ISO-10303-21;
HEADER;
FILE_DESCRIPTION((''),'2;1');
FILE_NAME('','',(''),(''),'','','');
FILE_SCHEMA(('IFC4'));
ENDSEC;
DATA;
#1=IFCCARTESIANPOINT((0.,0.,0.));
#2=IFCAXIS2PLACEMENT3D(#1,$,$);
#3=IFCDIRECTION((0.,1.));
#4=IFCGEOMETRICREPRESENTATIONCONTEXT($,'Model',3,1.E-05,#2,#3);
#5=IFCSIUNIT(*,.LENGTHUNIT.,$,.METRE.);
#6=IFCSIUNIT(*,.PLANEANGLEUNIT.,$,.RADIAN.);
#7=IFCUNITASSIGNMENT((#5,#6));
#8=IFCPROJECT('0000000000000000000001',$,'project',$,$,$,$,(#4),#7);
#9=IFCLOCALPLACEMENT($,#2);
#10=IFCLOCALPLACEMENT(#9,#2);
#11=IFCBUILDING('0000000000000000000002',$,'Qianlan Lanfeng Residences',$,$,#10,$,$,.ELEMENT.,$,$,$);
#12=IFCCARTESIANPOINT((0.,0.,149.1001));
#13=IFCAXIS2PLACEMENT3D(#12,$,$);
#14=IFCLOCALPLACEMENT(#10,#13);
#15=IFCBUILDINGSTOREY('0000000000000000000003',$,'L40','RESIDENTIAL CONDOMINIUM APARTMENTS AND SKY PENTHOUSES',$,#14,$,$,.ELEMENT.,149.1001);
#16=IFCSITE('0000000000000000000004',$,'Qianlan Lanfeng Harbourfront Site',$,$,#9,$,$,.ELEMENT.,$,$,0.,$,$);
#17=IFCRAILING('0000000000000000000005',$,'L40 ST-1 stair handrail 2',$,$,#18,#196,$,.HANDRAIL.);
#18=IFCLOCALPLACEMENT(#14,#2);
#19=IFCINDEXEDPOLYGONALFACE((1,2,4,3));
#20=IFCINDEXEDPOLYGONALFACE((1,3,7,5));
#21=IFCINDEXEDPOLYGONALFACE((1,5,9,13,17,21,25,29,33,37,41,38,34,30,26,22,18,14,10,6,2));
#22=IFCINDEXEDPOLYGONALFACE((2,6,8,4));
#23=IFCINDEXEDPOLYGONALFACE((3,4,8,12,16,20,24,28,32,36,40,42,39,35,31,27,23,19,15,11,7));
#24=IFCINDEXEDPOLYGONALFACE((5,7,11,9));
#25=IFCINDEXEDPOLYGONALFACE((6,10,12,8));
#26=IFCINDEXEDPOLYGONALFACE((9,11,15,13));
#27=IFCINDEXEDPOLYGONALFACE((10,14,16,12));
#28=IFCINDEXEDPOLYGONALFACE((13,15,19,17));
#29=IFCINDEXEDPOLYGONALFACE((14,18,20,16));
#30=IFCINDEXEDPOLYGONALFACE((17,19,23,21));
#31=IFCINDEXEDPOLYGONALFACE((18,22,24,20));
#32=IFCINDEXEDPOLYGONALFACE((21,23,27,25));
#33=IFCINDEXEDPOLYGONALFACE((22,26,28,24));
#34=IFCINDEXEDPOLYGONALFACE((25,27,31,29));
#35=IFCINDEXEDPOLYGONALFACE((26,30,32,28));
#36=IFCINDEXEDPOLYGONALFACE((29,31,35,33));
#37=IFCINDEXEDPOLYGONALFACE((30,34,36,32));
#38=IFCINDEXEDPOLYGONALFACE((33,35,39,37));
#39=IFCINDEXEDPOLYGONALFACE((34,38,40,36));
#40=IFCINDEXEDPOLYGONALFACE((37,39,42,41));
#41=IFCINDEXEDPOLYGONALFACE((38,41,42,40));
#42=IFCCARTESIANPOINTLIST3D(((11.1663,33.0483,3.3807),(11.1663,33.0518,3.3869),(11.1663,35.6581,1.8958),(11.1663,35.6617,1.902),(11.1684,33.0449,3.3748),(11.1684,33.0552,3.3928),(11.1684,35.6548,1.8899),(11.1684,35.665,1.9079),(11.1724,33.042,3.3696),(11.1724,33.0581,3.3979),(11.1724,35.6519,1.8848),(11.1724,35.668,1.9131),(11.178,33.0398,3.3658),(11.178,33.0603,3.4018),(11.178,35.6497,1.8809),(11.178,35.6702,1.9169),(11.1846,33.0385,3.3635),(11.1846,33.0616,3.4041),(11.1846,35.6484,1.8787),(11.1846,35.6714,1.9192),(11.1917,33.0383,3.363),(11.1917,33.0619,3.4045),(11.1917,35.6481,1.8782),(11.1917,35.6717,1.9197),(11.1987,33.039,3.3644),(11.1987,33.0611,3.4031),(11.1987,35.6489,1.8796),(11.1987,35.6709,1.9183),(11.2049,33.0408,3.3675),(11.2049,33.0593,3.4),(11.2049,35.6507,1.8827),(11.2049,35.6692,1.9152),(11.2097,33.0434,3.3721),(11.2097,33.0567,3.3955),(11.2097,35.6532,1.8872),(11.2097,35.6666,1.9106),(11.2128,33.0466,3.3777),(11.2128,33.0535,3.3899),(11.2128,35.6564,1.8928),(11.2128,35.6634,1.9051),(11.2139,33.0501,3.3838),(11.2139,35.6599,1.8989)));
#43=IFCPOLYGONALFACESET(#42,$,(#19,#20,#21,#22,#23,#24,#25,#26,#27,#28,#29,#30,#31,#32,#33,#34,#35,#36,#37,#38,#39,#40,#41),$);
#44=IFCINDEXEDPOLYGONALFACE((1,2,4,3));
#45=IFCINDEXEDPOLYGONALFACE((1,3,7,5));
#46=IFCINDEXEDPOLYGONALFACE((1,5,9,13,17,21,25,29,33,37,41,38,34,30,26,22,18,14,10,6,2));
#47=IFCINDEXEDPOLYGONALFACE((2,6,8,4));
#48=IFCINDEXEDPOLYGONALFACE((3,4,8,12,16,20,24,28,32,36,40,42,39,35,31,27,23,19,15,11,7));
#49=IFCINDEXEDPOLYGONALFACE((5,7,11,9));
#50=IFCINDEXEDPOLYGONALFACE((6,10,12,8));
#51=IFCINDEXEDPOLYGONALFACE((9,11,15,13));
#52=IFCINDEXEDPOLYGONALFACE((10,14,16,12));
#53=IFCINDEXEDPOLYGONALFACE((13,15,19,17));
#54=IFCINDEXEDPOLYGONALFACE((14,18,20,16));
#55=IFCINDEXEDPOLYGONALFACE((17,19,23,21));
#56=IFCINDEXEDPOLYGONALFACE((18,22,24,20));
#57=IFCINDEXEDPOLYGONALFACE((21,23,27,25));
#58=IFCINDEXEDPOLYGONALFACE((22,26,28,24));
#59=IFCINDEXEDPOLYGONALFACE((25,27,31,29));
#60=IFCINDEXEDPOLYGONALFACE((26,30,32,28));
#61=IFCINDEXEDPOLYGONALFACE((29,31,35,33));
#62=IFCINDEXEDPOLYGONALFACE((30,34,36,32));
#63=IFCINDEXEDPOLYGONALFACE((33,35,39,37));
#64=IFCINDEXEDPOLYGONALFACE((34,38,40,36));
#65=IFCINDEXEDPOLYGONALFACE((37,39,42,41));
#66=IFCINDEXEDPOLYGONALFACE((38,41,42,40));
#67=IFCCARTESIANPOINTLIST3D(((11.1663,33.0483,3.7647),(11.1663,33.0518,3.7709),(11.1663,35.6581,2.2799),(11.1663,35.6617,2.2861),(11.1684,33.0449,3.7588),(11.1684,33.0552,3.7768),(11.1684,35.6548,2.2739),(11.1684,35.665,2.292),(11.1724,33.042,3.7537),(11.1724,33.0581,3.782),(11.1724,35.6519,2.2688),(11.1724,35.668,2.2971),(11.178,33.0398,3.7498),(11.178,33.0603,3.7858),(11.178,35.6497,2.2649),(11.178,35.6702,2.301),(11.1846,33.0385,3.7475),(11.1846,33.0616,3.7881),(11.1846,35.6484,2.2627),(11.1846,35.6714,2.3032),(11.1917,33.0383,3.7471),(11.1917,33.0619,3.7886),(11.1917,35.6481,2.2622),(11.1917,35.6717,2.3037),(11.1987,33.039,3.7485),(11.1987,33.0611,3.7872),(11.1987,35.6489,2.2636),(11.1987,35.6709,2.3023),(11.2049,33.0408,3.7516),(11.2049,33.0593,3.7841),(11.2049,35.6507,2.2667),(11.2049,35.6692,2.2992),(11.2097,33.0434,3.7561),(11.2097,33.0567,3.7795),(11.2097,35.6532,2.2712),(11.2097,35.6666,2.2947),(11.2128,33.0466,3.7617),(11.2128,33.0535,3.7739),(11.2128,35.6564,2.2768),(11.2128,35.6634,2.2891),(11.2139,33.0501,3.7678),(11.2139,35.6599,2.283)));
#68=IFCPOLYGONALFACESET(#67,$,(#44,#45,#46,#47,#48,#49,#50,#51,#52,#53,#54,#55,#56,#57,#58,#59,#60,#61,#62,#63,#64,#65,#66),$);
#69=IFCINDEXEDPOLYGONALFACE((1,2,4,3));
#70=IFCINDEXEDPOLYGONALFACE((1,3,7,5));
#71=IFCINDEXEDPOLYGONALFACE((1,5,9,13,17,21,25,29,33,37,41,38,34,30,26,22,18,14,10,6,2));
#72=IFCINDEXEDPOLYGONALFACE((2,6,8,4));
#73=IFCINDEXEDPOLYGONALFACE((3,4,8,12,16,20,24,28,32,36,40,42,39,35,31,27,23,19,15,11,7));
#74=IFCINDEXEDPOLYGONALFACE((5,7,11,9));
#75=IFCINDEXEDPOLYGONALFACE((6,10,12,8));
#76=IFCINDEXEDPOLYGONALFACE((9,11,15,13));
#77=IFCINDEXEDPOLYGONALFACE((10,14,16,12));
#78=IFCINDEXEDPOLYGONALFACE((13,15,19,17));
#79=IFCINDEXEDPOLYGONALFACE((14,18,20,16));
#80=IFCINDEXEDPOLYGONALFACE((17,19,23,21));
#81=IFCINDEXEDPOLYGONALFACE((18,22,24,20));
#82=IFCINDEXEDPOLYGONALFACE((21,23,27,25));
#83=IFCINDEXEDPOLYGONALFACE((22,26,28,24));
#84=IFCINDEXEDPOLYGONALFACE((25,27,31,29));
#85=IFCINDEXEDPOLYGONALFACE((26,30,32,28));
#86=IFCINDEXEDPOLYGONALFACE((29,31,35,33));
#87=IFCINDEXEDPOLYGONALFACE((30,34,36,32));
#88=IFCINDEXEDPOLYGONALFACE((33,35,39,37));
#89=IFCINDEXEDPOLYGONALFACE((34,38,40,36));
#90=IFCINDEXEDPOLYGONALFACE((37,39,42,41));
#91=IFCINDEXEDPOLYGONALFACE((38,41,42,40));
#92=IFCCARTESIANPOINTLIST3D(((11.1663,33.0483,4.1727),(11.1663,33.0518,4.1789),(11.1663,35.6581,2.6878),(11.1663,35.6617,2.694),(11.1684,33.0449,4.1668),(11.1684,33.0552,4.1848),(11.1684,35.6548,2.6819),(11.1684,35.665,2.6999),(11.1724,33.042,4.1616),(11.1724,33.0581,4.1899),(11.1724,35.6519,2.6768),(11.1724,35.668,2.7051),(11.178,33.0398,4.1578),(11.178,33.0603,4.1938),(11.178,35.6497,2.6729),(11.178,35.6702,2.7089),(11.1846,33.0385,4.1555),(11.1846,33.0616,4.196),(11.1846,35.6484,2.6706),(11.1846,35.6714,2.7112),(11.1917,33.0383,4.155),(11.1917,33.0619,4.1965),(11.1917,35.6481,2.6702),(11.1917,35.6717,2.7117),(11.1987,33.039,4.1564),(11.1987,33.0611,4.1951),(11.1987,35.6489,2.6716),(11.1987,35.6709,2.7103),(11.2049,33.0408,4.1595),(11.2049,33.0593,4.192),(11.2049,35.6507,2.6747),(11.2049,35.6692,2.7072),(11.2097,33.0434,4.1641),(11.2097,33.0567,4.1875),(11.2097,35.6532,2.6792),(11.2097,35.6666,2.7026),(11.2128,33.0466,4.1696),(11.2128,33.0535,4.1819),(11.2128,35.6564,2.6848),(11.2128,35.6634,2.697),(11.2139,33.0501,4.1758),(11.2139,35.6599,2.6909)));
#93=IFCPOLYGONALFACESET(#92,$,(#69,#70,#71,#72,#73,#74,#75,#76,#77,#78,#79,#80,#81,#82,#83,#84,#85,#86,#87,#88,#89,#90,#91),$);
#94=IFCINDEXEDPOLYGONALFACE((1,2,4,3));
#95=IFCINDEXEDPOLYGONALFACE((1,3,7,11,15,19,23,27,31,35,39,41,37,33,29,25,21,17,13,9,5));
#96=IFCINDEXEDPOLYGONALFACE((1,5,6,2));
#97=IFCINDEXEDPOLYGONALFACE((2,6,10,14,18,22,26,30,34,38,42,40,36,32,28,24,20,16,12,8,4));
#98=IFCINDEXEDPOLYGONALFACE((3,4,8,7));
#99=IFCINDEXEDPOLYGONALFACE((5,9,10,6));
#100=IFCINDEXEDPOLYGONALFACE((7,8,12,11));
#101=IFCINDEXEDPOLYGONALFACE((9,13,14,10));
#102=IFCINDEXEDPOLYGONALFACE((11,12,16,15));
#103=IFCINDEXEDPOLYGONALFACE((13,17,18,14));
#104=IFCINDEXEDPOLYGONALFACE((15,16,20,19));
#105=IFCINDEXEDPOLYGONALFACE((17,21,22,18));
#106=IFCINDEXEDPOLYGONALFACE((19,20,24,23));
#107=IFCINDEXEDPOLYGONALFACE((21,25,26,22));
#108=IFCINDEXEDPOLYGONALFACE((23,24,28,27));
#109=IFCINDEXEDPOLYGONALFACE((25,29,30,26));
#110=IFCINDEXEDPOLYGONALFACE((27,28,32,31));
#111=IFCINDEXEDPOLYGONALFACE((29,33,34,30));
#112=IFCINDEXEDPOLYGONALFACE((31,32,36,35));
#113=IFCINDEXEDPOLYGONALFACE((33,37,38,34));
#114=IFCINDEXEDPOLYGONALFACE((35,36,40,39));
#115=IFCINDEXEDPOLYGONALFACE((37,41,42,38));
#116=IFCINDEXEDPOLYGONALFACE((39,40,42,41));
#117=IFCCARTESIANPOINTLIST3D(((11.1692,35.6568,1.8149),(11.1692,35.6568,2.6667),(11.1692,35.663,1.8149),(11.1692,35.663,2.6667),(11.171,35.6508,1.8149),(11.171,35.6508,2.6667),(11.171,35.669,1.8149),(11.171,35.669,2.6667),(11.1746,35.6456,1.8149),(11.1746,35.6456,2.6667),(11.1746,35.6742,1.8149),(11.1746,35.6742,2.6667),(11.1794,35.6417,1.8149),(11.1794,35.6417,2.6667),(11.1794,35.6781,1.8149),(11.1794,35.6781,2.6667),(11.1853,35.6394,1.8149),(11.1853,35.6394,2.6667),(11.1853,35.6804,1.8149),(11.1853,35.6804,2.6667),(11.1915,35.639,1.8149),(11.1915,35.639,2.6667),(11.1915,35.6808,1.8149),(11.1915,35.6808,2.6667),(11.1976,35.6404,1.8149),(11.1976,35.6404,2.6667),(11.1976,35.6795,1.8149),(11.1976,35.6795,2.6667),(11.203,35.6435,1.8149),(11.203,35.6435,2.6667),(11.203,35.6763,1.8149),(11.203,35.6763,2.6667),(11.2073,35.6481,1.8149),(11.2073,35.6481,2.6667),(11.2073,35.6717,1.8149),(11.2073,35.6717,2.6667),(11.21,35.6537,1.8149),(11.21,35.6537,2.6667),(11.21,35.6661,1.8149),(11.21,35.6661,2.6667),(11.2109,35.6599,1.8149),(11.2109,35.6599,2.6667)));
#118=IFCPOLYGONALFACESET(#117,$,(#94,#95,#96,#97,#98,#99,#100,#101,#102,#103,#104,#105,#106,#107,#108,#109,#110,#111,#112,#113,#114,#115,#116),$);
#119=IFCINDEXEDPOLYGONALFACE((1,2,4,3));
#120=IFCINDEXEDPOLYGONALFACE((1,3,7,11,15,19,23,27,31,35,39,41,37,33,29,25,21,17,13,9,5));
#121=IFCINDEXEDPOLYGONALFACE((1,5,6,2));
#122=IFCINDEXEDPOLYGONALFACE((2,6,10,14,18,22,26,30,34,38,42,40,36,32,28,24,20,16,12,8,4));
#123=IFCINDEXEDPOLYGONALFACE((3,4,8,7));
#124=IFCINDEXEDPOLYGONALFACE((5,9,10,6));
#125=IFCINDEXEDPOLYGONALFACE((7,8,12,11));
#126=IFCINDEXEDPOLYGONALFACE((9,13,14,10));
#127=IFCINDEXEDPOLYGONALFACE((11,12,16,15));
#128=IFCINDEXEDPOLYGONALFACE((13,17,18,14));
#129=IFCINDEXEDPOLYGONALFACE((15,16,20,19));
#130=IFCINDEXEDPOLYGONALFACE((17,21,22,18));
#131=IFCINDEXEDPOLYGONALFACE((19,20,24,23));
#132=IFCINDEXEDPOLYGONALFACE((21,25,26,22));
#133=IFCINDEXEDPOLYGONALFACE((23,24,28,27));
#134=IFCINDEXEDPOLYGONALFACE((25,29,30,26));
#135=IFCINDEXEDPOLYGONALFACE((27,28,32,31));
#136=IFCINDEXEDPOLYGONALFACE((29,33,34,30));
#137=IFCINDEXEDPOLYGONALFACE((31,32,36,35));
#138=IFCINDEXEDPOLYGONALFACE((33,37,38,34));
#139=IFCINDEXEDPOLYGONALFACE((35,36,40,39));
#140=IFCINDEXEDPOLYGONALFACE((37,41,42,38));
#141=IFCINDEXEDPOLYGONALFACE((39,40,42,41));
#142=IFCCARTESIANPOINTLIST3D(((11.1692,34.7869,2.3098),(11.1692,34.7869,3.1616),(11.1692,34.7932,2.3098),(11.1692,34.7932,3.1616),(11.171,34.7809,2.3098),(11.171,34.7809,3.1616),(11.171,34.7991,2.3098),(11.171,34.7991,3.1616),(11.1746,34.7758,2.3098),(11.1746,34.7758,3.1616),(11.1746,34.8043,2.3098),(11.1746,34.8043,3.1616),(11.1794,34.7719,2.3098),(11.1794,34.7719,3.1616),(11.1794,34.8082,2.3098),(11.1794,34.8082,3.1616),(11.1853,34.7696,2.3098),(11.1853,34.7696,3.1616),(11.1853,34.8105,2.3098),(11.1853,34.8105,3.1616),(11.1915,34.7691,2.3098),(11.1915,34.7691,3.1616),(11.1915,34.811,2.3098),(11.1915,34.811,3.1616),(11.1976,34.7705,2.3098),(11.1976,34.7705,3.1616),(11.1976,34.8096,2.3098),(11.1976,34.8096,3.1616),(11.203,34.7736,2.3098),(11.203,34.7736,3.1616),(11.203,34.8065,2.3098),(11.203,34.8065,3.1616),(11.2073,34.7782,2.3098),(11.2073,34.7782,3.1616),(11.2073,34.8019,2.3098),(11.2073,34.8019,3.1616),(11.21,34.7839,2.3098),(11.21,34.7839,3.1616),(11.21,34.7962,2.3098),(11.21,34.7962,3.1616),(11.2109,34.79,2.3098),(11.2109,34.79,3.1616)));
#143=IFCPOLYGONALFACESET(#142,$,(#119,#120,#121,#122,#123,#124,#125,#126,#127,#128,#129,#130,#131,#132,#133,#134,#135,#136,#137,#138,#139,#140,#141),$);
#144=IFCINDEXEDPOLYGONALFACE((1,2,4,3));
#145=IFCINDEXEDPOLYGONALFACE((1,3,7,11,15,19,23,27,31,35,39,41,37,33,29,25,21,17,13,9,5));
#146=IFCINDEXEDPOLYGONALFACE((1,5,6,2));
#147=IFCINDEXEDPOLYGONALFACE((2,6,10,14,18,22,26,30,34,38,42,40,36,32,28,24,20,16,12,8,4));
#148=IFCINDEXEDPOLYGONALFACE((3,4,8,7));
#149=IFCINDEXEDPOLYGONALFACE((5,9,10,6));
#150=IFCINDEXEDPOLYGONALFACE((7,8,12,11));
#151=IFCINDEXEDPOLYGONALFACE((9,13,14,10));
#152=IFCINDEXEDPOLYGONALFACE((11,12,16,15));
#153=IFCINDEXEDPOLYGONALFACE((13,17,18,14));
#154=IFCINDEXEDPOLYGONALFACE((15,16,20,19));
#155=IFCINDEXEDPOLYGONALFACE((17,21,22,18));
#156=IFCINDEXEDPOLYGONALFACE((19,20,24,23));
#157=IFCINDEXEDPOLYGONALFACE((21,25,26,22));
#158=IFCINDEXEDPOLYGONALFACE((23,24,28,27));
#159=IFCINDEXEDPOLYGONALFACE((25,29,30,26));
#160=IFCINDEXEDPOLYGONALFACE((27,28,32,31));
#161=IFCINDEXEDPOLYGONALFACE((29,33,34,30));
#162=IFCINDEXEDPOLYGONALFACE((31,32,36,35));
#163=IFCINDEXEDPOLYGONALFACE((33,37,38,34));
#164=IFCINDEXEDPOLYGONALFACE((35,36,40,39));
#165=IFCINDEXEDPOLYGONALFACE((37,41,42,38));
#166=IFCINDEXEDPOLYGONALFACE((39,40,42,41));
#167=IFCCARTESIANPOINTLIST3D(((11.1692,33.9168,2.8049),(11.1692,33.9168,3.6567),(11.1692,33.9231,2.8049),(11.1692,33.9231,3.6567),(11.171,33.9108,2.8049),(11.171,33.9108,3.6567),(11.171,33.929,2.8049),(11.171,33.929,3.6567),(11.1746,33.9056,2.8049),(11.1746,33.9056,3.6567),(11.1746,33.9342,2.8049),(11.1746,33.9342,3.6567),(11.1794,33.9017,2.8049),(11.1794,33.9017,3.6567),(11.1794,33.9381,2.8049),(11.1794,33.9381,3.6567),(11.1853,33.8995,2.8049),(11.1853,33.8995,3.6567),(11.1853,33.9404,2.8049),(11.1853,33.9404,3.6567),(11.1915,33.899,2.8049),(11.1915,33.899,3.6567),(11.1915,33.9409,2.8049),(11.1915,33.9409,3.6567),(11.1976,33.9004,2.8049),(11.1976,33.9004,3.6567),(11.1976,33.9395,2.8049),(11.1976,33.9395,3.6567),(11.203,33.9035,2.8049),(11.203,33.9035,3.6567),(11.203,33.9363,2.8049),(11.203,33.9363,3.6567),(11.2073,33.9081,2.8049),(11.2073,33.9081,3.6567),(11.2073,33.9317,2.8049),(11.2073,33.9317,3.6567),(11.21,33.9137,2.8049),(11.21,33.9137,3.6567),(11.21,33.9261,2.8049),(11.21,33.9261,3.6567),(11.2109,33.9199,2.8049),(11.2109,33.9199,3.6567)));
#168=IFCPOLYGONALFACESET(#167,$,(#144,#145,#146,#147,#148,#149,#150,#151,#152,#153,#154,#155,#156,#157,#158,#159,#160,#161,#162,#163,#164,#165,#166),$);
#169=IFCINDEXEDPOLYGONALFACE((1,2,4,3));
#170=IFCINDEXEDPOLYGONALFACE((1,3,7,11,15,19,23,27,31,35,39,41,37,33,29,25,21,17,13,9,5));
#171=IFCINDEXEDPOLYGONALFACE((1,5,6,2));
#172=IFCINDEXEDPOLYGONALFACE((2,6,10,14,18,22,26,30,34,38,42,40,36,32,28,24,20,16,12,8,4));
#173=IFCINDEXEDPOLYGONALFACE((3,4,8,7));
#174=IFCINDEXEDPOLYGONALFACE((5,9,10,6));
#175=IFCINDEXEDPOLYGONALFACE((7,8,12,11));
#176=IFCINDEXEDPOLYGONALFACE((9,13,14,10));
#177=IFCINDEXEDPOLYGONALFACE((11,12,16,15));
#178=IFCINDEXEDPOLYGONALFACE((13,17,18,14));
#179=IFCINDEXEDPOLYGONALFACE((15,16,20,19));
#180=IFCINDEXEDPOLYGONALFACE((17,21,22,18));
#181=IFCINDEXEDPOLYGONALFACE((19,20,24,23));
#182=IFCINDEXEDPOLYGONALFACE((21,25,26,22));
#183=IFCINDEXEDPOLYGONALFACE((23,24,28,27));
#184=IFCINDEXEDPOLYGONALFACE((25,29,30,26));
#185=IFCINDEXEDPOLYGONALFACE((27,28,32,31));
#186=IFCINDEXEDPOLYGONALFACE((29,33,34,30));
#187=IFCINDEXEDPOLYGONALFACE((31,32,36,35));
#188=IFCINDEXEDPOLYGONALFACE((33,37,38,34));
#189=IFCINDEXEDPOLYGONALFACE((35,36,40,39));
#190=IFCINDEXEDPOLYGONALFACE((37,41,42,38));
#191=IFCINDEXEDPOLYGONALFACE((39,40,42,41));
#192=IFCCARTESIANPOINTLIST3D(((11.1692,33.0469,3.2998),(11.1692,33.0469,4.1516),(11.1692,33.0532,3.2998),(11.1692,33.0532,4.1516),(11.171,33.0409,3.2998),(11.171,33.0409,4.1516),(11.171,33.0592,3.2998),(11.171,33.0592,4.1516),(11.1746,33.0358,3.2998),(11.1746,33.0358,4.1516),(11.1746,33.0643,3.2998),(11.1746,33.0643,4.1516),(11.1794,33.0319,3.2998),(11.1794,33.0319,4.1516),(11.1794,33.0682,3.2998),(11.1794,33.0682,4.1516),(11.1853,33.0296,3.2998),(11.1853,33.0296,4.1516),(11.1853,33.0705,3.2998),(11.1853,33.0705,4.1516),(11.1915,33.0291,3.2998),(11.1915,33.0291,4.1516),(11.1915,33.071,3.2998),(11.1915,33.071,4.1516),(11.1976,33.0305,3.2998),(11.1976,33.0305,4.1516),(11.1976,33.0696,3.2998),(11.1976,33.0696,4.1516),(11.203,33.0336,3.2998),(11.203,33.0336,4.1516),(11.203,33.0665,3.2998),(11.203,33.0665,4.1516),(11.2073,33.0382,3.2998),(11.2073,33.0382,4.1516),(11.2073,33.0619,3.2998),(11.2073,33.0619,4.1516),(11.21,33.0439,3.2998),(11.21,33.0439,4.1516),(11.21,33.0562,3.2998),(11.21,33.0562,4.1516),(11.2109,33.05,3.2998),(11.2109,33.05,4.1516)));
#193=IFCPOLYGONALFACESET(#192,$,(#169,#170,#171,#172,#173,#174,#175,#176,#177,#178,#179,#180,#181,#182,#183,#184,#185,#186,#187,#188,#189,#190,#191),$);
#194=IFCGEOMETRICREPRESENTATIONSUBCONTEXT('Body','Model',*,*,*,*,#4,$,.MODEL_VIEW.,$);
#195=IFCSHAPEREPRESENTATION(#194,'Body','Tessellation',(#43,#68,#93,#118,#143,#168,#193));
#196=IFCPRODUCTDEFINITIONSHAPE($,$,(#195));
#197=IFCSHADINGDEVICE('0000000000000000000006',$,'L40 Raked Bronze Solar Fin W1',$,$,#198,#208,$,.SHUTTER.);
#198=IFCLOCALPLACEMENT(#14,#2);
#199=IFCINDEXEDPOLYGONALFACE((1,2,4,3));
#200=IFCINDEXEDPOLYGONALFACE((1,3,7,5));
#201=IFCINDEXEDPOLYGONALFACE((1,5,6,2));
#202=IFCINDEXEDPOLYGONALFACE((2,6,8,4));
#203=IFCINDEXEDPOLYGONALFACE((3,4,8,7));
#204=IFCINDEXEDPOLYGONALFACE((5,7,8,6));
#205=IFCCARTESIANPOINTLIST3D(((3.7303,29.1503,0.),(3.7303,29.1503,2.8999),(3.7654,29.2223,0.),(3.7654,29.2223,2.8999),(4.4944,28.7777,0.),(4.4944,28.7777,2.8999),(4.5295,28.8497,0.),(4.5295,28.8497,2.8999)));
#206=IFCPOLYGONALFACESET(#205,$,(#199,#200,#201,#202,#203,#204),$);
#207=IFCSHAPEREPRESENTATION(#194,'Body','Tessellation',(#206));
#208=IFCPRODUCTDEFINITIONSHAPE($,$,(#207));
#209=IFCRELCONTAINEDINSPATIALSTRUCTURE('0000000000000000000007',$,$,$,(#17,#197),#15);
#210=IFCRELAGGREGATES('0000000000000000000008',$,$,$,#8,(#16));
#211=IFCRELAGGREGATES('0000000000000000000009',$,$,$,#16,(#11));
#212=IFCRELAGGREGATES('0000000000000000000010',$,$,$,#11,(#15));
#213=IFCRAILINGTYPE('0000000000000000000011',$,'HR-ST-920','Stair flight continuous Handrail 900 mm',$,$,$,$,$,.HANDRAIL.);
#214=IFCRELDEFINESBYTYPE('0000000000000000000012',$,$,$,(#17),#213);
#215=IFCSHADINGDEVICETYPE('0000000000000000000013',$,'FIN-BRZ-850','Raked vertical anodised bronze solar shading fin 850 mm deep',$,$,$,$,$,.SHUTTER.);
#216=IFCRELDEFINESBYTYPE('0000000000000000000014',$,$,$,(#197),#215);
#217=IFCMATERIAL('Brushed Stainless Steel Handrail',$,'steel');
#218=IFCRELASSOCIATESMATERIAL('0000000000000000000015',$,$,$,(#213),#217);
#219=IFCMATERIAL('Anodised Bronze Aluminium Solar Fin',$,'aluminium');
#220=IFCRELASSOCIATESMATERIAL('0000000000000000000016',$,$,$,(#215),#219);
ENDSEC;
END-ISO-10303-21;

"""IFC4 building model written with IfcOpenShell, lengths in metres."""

from ifc_helpers import new_model, si_unit, direction, frame, origin, origin_2d, place, context, subcontext, project, spatial, rectangle, circle, extrude, source, transform, mapped, material, type_object, element, save


model = new_model("IFC4")

# Units and contexts
model_context = context("Model", 3, precision=1e-05, world=origin(), true_north=direction((0.0, 1.0)))
body_context = subcontext(model_context, "Body", "Model", "MODEL_VIEW")
ifc_project = project(units=[si_unit("LENGTHUNIT", "METRE"), si_unit("PLANEANGLEUNIT", "RADIAN")], contexts=[model_context])

# Site, building, storey
site_placement = place(None, origin())
site = spatial("IfcSite", under=ifc_project, at=site_placement, Name="Qianlan Lanfeng Harbourfront Site", CompositionType="ELEMENT", RefElevation=0.0)
building_placement = place(site_placement, origin())
building = spatial("IfcBuilding", under=site, at=building_placement, Name="Qianlan Lanfeng Residences", CompositionType="ELEMENT")
storey_placement = place(building_placement, frame((0.0, 0.0, 149.1001)))
storey = spatial("IfcBuildingStorey", under=building, at=storey_placement, Name="L40", Description="RESIDENTIAL CONDOMINIUM APARTMENTS AND SKY PENTHOUSES", CompositionType="ELEMENT", Elevation=149.1001)

# Railing
ifc_material_1 = material(Name="Brushed Stainless Steel Handrail", Category="steel")
railing_type = type_object("IfcRailingType", Name="HR-ST-920", Description="Stair flight continuous Handrail 900 mm", PredefinedType="HANDRAIL", material=ifc_material_1)
railing_placement = place(storey_placement, frame((11.1899, 35.6599, 1.8149)))
element("IfcRailing", 1, at=railing_placement, inside=storey, type_object=railing_type, Name="L40 ST-1 stair handrail 2", PredefinedType="HANDRAIL", context=body_context, shape_type="SweptSolid", body=[
    extrude(circle(Radius=0.0239, at=origin_2d()), frame((0.0, 0.0, 0.084), z_axis=(0.0, -0.869172, 0.494509), x_axis=(1.0, 0.0, 0.0)), (0.0, 0.0, 1.0), 3.0027),
    extrude(circle(Radius=0.0239, at=origin_2d()), frame((0.0, 0.0, 0.468), z_axis=(0.0, -0.869172, 0.494509), x_axis=(1.0, 0.0, 0.0)), (0.0, 0.0, 1.0), 3.0027),
    extrude(circle(Radius=0.0239, at=origin_2d()), frame((0.0, 0.0, 0.876), z_axis=(0.0, -0.869172, 0.494509), x_axis=(1.0, 0.0, 0.0)), (0.0, 0.0, 1.0), 3.0027),
    extrude(circle(Radius=0.021, at=origin_2d()), origin(), (0.0, 0.0, 1.0), 0.8518),
    extrude(circle(Radius=0.021, at=origin_2d()), frame((0.0, -0.8699, 0.4949)), (0.0, 0.0, 1.0), 0.8518),
    extrude(circle(Radius=0.021, at=origin_2d()), frame((0.0, -1.74, 0.99)), (0.0, 0.0, 1.0), 0.8518),
    extrude(circle(Radius=0.021, at=origin_2d()), frame((0.0, -2.6099, 1.4849)), (0.0, 0.0, 1.0), 0.8518),
])

# Shading device
ifc_material_2 = material(Name="Anodised Bronze Aluminium Solar Fin", Category="aluminium")
shading_device_type = type_object("IfcShadingDeviceType", Name="FIN-BRZ-850", Description="Raked vertical anodised bronze solar shading fin 850 mm deep", PredefinedType="SHUTTER", material=ifc_material_2)
shared_shape_1 = source(origin(), body_context, "Body", "SweptSolid", [
    extrude(rectangle(XDim=0.8501, YDim=0.0801, at=origin_2d()), origin(), (0.0, 0.0, 1.0), 2.8999),
])
for number, where, z_axis, x_axis, name in (
    (2, (4.1299, 29.0, 0.0), (0.0, 0.0, 1.0), (0.898794, -0.438371, 0.0), "L40 Raked Bronze Solar Fin W1"),
):
    element("IfcShadingDevice", number, at=place(storey_placement, frame(where, z_axis=z_axis, x_axis=x_axis)), inside=storey, type_object=shading_device_type, Name=name, PredefinedType="SHUTTER", context=body_context, shape_type="MappedRepresentation", body=[
        mapped(shared_shape_1, transform((0.0, 0.0, 0.0), scale=1.0)),
    ])

save(model, "model.ifc")
